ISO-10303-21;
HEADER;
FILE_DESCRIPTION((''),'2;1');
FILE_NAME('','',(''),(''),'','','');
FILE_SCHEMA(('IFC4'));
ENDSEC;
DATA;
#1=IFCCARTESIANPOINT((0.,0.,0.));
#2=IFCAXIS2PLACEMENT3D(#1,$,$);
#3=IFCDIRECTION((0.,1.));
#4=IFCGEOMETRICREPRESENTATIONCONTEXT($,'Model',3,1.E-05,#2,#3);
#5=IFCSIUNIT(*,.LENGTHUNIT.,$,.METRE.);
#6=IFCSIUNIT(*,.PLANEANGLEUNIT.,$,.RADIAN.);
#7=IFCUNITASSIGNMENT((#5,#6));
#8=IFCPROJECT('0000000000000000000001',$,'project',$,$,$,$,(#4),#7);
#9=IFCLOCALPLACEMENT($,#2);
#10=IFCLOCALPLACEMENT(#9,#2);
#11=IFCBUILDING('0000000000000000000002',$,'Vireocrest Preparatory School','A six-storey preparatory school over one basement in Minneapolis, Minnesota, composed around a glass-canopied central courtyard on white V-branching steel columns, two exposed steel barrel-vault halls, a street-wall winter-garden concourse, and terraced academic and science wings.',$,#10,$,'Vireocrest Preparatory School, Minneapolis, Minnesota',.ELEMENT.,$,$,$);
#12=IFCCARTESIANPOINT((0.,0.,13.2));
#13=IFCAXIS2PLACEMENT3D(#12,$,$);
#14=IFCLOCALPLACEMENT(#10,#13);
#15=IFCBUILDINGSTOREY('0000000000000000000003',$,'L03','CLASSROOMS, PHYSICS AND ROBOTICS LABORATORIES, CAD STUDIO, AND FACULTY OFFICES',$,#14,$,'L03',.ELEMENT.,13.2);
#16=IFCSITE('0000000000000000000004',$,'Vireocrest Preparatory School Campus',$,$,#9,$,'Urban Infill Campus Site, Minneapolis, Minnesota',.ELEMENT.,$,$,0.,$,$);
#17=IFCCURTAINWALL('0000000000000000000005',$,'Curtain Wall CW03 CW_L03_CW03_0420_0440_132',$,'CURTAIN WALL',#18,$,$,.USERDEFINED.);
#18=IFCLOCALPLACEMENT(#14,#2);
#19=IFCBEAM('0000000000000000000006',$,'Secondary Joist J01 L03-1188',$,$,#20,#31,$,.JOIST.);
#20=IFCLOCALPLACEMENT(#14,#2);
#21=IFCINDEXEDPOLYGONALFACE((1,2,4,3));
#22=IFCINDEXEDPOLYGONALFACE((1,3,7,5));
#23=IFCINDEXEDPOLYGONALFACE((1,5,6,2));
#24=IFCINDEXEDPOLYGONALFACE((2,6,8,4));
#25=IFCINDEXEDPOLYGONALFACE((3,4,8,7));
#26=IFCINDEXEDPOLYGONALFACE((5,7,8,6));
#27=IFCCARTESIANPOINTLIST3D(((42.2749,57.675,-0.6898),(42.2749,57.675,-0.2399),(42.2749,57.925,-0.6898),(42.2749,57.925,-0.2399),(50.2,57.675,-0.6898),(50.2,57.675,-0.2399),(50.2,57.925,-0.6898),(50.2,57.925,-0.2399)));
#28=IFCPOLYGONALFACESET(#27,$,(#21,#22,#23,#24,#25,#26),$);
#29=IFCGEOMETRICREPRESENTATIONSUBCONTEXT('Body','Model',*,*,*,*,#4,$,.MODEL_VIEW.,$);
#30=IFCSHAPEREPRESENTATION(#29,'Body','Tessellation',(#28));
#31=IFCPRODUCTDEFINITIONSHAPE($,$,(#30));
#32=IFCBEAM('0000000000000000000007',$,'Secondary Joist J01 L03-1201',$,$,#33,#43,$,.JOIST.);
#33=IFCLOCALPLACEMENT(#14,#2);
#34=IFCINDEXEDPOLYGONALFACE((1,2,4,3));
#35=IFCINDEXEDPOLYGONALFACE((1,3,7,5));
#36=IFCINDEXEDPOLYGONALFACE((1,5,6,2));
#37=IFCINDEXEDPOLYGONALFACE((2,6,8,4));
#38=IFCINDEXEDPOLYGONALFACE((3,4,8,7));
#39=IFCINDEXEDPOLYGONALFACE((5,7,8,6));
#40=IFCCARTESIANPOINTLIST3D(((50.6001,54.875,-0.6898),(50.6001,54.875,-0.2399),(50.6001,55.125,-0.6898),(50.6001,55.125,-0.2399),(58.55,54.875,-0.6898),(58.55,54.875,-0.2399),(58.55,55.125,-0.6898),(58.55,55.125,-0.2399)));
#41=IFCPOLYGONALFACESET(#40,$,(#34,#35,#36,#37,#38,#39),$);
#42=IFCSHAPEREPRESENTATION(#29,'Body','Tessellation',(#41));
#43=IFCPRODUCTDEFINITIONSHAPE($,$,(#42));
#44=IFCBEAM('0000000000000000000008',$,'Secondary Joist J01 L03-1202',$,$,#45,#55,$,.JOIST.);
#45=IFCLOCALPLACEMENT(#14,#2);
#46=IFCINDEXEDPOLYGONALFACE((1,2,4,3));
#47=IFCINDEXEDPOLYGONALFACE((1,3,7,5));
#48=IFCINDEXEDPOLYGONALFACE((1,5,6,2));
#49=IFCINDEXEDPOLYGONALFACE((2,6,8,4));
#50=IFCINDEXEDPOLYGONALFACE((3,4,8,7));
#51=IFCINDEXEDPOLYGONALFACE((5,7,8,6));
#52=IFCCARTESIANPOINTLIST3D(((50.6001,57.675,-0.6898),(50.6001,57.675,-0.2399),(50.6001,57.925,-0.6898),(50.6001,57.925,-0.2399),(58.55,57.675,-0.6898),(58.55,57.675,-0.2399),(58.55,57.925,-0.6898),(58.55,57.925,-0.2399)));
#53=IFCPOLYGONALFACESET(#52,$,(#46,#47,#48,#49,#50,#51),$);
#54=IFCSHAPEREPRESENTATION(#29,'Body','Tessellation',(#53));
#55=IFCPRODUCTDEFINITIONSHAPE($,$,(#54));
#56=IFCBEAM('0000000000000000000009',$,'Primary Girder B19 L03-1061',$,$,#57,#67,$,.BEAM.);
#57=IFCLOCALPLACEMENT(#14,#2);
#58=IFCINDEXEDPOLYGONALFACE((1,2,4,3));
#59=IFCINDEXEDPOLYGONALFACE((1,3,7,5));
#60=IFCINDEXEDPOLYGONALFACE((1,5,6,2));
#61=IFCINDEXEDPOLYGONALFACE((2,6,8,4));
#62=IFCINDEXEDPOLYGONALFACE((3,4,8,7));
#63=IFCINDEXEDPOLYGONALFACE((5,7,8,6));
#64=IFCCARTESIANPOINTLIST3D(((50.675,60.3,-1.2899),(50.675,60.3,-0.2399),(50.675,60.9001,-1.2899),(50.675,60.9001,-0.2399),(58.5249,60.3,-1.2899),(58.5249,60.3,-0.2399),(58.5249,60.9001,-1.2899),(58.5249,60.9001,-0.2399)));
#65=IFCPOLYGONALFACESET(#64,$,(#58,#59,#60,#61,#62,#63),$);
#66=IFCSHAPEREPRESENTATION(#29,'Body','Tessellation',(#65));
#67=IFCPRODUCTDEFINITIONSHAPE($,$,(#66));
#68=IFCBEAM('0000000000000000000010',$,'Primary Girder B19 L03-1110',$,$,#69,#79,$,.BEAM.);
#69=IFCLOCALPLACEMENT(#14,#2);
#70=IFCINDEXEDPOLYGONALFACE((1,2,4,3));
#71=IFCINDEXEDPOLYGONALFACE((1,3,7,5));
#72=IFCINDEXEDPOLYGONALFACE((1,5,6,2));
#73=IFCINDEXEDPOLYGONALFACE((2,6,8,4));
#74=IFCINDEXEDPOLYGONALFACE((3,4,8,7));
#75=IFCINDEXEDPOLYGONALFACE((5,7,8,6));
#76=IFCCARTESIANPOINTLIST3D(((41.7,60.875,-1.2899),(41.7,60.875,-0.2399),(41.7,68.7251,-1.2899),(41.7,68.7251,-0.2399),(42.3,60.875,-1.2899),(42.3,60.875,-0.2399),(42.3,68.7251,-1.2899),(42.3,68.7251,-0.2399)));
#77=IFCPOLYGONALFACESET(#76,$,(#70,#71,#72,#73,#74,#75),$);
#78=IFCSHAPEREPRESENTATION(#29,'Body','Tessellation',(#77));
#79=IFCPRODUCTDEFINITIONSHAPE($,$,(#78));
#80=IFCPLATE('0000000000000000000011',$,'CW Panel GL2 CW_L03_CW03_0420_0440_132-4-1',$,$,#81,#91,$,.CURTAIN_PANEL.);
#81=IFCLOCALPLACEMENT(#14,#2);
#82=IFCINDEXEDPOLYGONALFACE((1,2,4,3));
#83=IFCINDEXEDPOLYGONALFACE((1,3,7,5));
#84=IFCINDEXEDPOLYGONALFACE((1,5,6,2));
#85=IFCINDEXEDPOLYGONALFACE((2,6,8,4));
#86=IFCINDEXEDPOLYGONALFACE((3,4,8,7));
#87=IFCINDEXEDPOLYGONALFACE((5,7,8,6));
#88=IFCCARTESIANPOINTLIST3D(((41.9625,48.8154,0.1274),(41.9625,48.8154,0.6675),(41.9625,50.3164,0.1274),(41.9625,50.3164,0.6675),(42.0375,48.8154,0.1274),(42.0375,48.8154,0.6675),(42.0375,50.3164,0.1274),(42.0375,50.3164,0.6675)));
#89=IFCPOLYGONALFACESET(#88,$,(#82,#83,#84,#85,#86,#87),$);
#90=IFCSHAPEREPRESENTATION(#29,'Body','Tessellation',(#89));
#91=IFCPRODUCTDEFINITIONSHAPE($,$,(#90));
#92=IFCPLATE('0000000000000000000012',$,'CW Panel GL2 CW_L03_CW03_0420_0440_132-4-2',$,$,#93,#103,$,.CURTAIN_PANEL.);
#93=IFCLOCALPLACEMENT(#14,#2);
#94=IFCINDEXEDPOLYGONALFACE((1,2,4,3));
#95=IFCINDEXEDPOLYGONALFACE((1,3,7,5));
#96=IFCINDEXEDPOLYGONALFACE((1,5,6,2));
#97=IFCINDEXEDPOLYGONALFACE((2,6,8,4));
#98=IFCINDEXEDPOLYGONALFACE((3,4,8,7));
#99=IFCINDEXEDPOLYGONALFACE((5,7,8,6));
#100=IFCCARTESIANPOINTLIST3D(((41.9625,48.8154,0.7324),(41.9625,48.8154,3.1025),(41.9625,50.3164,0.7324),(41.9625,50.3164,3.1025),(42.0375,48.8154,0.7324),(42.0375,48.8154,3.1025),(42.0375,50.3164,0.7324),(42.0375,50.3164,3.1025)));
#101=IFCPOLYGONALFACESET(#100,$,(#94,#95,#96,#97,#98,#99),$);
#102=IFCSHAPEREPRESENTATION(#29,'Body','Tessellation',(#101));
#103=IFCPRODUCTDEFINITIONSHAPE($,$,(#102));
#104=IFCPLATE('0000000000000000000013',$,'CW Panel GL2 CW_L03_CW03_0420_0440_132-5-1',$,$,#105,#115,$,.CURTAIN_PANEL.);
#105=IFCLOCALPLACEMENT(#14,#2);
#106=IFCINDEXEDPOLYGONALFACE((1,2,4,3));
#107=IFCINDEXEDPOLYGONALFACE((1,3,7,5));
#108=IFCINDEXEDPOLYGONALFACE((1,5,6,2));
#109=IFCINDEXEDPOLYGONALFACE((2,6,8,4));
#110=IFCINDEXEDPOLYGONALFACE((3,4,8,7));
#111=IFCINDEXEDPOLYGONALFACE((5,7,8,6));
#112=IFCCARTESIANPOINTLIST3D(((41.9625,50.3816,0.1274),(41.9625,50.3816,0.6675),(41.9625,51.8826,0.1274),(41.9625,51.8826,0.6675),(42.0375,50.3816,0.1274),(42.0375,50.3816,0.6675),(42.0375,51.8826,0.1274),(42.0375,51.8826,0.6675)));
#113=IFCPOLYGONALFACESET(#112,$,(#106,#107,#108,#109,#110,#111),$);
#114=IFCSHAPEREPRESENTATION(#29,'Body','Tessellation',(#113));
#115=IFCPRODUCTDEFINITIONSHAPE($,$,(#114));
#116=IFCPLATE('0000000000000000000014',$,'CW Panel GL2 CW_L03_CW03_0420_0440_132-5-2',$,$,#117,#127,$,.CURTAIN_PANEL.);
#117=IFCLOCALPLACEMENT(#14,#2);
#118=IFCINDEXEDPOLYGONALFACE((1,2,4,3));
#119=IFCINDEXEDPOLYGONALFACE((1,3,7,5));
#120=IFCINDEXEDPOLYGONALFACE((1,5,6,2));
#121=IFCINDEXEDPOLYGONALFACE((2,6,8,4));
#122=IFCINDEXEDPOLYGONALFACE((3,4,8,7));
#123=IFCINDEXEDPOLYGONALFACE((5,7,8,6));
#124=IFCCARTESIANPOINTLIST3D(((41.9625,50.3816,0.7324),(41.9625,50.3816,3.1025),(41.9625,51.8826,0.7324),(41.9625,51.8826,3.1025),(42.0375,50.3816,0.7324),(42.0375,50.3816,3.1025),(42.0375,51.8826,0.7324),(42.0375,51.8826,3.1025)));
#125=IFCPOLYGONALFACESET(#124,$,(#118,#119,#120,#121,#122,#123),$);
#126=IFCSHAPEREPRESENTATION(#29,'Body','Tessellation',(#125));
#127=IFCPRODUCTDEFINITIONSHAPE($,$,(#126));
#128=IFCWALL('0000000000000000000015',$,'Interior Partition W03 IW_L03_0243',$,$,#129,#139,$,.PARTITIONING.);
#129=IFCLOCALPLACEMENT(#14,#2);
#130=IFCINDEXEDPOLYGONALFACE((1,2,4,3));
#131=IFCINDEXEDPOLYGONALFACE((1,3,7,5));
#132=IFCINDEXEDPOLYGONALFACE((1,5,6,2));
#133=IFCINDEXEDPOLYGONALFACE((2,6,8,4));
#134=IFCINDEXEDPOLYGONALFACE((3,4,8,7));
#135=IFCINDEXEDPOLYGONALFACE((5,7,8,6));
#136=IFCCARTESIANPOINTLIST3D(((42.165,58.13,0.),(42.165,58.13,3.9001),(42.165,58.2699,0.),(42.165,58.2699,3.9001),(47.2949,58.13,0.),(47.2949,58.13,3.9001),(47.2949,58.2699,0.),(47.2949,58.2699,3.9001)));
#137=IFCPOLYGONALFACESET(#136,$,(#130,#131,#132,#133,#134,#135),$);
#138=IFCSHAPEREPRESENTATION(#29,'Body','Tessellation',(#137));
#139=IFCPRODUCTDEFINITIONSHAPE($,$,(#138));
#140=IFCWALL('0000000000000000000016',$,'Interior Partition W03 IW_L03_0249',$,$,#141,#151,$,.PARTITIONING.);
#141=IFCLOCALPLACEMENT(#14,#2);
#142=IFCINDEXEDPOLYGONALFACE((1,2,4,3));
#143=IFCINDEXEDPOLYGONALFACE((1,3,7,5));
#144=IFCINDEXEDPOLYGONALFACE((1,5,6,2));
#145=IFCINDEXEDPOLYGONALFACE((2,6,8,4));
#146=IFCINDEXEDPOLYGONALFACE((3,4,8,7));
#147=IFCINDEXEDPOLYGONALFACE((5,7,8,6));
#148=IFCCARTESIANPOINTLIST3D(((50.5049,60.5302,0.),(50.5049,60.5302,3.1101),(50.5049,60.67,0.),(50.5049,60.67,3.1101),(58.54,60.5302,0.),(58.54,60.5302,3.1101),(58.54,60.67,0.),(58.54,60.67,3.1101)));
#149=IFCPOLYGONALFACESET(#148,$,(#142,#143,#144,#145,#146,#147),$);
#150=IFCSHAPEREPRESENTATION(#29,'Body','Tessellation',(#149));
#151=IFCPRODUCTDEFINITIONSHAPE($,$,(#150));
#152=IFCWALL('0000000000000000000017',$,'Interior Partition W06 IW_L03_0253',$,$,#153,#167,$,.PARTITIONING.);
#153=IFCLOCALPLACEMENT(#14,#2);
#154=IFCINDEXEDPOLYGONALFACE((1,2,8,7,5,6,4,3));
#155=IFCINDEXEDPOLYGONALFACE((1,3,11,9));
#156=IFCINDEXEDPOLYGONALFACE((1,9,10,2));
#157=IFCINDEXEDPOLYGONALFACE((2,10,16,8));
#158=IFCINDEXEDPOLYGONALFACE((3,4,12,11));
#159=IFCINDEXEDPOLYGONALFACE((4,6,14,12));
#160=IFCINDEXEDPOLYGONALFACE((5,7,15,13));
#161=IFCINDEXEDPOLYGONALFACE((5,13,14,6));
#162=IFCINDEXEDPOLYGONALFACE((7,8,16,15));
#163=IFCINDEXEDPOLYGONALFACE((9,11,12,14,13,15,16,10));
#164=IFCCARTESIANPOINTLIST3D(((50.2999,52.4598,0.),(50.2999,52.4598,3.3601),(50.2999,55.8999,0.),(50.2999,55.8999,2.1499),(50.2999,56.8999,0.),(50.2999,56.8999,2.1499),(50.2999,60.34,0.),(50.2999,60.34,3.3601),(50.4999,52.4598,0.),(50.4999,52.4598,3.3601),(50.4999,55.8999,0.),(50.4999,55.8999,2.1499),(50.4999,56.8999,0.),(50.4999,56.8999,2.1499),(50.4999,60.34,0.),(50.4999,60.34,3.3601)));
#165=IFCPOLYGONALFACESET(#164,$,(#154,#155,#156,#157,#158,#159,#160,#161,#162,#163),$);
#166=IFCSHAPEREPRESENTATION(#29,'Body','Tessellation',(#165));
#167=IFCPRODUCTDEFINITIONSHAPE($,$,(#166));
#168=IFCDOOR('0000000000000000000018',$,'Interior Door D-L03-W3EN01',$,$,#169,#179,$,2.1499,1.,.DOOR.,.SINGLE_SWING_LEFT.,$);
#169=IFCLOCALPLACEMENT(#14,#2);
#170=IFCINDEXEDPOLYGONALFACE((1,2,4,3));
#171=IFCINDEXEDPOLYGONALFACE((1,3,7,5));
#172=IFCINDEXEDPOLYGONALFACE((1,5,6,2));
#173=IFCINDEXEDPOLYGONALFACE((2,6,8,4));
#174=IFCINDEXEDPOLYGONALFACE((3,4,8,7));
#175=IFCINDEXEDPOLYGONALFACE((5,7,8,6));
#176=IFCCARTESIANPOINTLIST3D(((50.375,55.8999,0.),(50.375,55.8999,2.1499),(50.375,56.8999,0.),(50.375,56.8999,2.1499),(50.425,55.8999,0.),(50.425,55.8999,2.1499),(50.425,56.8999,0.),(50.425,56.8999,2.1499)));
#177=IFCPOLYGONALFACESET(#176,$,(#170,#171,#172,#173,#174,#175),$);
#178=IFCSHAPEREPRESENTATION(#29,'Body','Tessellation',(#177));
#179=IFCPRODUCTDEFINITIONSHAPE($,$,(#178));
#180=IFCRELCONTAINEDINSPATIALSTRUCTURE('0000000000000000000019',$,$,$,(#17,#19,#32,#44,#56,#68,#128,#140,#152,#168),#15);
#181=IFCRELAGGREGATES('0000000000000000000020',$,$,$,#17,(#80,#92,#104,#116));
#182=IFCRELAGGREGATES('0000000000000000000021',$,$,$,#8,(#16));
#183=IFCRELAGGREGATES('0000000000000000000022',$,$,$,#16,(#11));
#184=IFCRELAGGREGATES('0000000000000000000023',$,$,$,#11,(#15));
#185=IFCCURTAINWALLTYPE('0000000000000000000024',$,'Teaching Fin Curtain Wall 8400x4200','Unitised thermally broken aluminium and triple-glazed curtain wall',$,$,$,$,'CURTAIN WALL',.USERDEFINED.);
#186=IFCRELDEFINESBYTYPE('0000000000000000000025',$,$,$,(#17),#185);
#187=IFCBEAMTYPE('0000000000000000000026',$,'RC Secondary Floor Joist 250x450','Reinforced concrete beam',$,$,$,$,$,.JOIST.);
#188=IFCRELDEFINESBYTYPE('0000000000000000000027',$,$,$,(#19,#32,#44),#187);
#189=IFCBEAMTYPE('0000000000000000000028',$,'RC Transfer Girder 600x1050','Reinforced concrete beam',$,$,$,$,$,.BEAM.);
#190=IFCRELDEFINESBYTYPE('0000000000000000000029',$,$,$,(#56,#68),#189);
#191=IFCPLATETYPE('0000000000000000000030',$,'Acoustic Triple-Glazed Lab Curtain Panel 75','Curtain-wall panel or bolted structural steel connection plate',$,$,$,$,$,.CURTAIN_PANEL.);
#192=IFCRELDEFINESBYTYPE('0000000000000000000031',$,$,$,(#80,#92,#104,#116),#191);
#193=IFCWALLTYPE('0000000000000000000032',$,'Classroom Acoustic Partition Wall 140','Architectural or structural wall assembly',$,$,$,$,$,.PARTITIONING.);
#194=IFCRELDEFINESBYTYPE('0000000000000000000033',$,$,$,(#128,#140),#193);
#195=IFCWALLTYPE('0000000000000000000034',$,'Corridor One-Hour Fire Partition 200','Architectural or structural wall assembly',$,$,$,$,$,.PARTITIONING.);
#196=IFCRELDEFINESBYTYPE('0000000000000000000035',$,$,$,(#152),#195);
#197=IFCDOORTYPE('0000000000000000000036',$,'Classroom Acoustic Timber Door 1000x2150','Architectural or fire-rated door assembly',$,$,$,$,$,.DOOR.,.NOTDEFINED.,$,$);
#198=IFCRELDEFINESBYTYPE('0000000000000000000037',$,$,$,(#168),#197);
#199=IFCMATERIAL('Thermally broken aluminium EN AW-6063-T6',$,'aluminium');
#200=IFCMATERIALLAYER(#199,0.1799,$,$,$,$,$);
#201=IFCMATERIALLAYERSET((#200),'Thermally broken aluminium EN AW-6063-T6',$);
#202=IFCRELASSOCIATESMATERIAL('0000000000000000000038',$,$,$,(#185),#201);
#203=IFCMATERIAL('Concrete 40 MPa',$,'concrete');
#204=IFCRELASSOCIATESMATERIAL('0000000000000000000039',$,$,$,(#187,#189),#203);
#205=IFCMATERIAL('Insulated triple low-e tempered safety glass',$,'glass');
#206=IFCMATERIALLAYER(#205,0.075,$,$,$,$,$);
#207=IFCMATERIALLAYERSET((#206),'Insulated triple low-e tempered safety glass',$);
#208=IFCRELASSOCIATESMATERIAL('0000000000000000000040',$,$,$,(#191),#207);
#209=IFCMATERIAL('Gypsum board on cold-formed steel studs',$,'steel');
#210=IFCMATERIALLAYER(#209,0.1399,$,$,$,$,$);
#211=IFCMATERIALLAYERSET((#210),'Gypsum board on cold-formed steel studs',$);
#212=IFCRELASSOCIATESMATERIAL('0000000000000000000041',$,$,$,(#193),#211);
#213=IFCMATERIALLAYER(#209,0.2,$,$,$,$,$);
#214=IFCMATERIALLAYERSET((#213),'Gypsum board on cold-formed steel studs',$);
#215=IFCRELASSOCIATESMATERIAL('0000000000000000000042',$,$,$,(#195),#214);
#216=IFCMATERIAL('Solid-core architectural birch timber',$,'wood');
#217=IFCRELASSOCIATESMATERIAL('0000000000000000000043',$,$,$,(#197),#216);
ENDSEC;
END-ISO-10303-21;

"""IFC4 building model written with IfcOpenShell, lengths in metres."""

from ifc_helpers import new_model, si_unit, direction, frame, frame_2d, origin, origin_2d, place, context, subcontext, project, spatial, rectangle, extrude, material, layer, layer_set, material_profile, profile_set, type_object, element, fill, aggregate, save


model = new_model("IFC4")

# Units and contexts
model_context = context("Model", 3, precision=1e-05, world=origin(), true_north=direction((0.0, 1.0)))
body_context = subcontext(model_context, "Body", "Model", "MODEL_VIEW")
ifc_project = project(units=[si_unit("LENGTHUNIT", "METRE"), si_unit("PLANEANGLEUNIT", "RADIAN")], contexts=[model_context])

# Site, building, storey
site_placement = place(None, origin())
site = spatial("IfcSite", under=ifc_project, at=site_placement, Name="Vireocrest Preparatory School Campus", LongName="Urban Infill Campus Site, Minneapolis, Minnesota", CompositionType="ELEMENT", RefElevation=0.0)
building_placement = place(site_placement, origin())
building = spatial("IfcBuilding", under=site, at=building_placement, Name="Vireocrest Preparatory School", Description="A six-storey preparatory school over one basement in Minneapolis, Minnesota, composed around a glass-canopied central courtyard on white V-branching steel columns, two exposed steel barrel-vault halls, a street-wall winter-garden concourse, and terraced academic and science wings.", LongName="Vireocrest Preparatory School, Minneapolis, Minnesota", CompositionType="ELEMENT")
storey_placement = place(building_placement, frame((0.0, 0.0, 13.2)))
storey = spatial("IfcBuildingStorey", under=building, at=storey_placement, Name="L03", Description="CLASSROOMS, PHYSICS AND ROBOTICS LABORATORIES, CAD STUDIO, AND FACULTY OFFICES", LongName="L03", CompositionType="ELEMENT", Elevation=13.2)

# Curtain wall
ifc_material_1 = material(Name="Thermally broken aluminium EN AW-6063-T6", Category="aluminium")
ifc_layer_1 = layer(ifc_material_1, 0.1799)
ifc_layer_set_1 = layer_set([ifc_layer_1], Name="Thermally broken aluminium EN AW-6063-T6")
curtain_wall_type = type_object("IfcCurtainWallType", Name="Teaching Fin Curtain Wall 8400x4200", Description="Unitised thermally broken aluminium and triple-glazed curtain wall", ElementType="CURTAIN WALL", PredefinedType="USERDEFINED", material=ifc_layer_set_1)
curtain_wall_placement = place(storey_placement, origin())
curtain_wall = element("IfcCurtainWall", 1, at=curtain_wall_placement, inside=storey, type_object=curtain_wall_type, Name="Curtain Wall CW03 CW_L03_CW03_0420_0440_132", ObjectType="CURTAIN WALL", PredefinedType="USERDEFINED")

# Beams
ifc_material_2 = material(Name="Concrete 40 MPa", Category="concrete")
ifc_material_profile_1 = material_profile(ifc_material_2, rectangle(XDim=0.25, YDim=0.45, at=origin_2d()), Name="RC 250x450")
ifc_profile_set_1 = profile_set([ifc_material_profile_1], Name="Concrete 40 MPa")
beam_type_1 = type_object("IfcBeamType", Name="RC Secondary Floor Joist 250x450", Description="Reinforced concrete beam", PredefinedType="JOIST", material=ifc_profile_set_1)
for number, where, z_axis, x_axis, name in (
    (2, (42.2749, 57.8, -0.4648), (1.0, 0.0, 0.0), (0.0, 1.0, 0.0), "Secondary Joist J01 L03-1188"),
):
    element("IfcBeam", number, at=place(storey_placement, frame(where, z_axis=z_axis, x_axis=x_axis)), inside=storey, type_object=beam_type_1, Name=name, PredefinedType="JOIST", context=body_context, shape_type="SweptSolid", body=[
        extrude(rectangle(XDim=0.25, YDim=0.45, at=origin_2d()), origin(), (0.0, 0.0, 1.0), 7.925),
    ])
for number, where, z_axis, x_axis, name in (
    (3, (50.6001, 55.0, -0.4648), (1.0, 0.0, 0.0), (0.0, 1.0, 0.0), "Secondary Joist J01 L03-1201"),
    (4, (50.6001, 57.8, -0.4648), (1.0, 0.0, 0.0), (0.0, 1.0, 0.0), "Secondary Joist J01 L03-1202"),
):
    element("IfcBeam", number, at=place(storey_placement, frame(where, z_axis=z_axis, x_axis=x_axis)), inside=storey, type_object=beam_type_1, Name=name, PredefinedType="JOIST", context=body_context, shape_type="SweptSolid", body=[
        extrude(rectangle(XDim=0.25, YDim=0.45, at=origin_2d()), origin(), (0.0, 0.0, 1.0), 7.95),
    ])
ifc_material_profile_2 = material_profile(ifc_material_2, rectangle(XDim=0.6001, YDim=1.05, at=origin_2d()), Name="RC 600x1050")
ifc_profile_set_2 = profile_set([ifc_material_profile_2], Name="Concrete 40 MPa")
beam_type_2 = type_object("IfcBeamType", Name="RC Transfer Girder 600x1050", Description="Reinforced concrete beam", PredefinedType="BEAM", material=ifc_profile_set_2)
beam_1_placement = place(storey_placement, frame((50.675, 60.6001, -0.7649), z_axis=(1.0, 0.0, 0.0), x_axis=(0.0, 1.0, 0.0)))
element("IfcBeam", 5, at=beam_1_placement, inside=storey, type_object=beam_type_2, Name="Primary Girder B19 L03-1061", PredefinedType="BEAM", context=body_context, shape_type="SweptSolid", body=[
    extrude(rectangle(XDim=0.6001, YDim=1.05, at=origin_2d()), origin(), (0.0, 0.0, 1.0), 7.8499),
])
beam_2_placement = place(storey_placement, frame((42.0, 60.875, -0.7649), z_axis=(0.0, 1.0, 0.0), x_axis=(-1.0, 0.0, 0.0)))
element("IfcBeam", 6, at=beam_2_placement, inside=storey, type_object=beam_type_2, Name="Primary Girder B19 L03-1110", PredefinedType="BEAM", context=body_context, shape_type="SweptSolid", body=[
    extrude(rectangle(XDim=0.6001, YDim=1.05, at=origin_2d()), origin(), (0.0, 0.0, 1.0), 7.8501),
])

# Plates
ifc_material_3 = material(Name="Insulated triple low-e tempered safety glass", Category="glass")
ifc_layer_2 = layer(ifc_material_3, 0.075)
ifc_layer_set_2 = layer_set([ifc_layer_2], Name="Insulated triple low-e tempered safety glass")
plate_type = type_object("IfcPlateType", Name="Acoustic Triple-Glazed Lab Curtain Panel 75", Description="Curtain-wall panel or bolted structural steel connection plate", PredefinedType="CURTAIN_PANEL", material=ifc_layer_set_2)
plate_1_placement = place(storey_placement, frame((42.0, 49.5659, 0.1274), z_axis=(0.0, 0.0, 1.0), x_axis=(0.0, 1.0, 0.0)))
plate_1 = element("IfcPlate", 7, at=plate_1_placement, type_object=plate_type, Name="CW Panel GL2 CW_L03_CW03_0420_0440_132-4-1", PredefinedType="CURTAIN_PANEL", context=body_context, shape_type="SweptSolid", body=[
    extrude(rectangle(XDim=1.501, YDim=0.075, at=origin_2d()), origin(), (0.0, 0.0, 1.0), 0.54),
])
plate_2_placement = place(storey_placement, frame((42.0, 49.5659, 0.7324), z_axis=(0.0, 0.0, 1.0), x_axis=(0.0, 1.0, 0.0)))
plate_2 = element("IfcPlate", 8, at=plate_2_placement, type_object=plate_type, Name="CW Panel GL2 CW_L03_CW03_0420_0440_132-4-2", PredefinedType="CURTAIN_PANEL", context=body_context, shape_type="SweptSolid", body=[
    extrude(rectangle(XDim=1.501, YDim=0.075, at=origin_2d()), origin(), (0.0, 0.0, 1.0), 2.3701),
])
plate_3_placement = place(storey_placement, frame((42.0, 51.1321, 0.1274), z_axis=(0.0, 0.0, 1.0), x_axis=(0.0, 1.0, 0.0)))
plate_3 = element("IfcPlate", 9, at=plate_3_placement, type_object=plate_type, Name="CW Panel GL2 CW_L03_CW03_0420_0440_132-5-1", PredefinedType="CURTAIN_PANEL", context=body_context, shape_type="SweptSolid", body=[
    extrude(rectangle(XDim=1.501, YDim=0.075, at=origin_2d()), origin(), (0.0, 0.0, 1.0), 0.54),
])
plate_4_placement = place(storey_placement, frame((42.0, 51.1321, 0.7324), z_axis=(0.0, 0.0, 1.0), x_axis=(0.0, 1.0, 0.0)))
plate_4 = element("IfcPlate", 10, at=plate_4_placement, type_object=plate_type, Name="CW Panel GL2 CW_L03_CW03_0420_0440_132-5-2", PredefinedType="CURTAIN_PANEL", context=body_context, shape_type="SweptSolid", body=[
    extrude(rectangle(XDim=1.501, YDim=0.075, at=origin_2d()), origin(), (0.0, 0.0, 1.0), 2.3701),
])
aggregate(curtain_wall, [plate_1, plate_2, plate_3, plate_4])

# Walls
ifc_material_4 = material(Name="Gypsum board on cold-formed steel studs", Category="steel")
ifc_layer_3 = layer(ifc_material_4, 0.1399)
ifc_layer_set_3 = layer_set([ifc_layer_3], Name="Gypsum board on cold-formed steel studs")
wall_type_1 = type_object("IfcWallType", Name="Classroom Acoustic Partition Wall 140", Description="Architectural or structural wall assembly", PredefinedType="PARTITIONING", material=ifc_layer_set_3)
wall_1_placement = place(storey_placement, frame((42.165, 58.2, 0.0), z_axis=(0.0, 0.0, 1.0), x_axis=(1.0, 0.0, 0.0)))
element("IfcWall", 11, at=wall_1_placement, inside=storey, type_object=wall_type_1, Name="Interior Partition W03 IW_L03_0243", PredefinedType="PARTITIONING", context=body_context, shape_type="SweptSolid", body=[
    extrude(rectangle(XDim=5.1299, YDim=0.1399, at=frame_2d((2.5649, 0.0))), origin(), (0.0, 0.0, 1.0), 3.9001),
])
wall_2_placement = place(storey_placement, frame((50.5049, 60.6001, 0.0), z_axis=(0.0, 0.0, 1.0), x_axis=(1.0, 0.0, 0.0)))
element("IfcWall", 12, at=wall_2_placement, inside=storey, type_object=wall_type_1, Name="Interior Partition W03 IW_L03_0249", PredefinedType="PARTITIONING", context=body_context, shape_type="SweptSolid", body=[
    extrude(rectangle(XDim=8.0352, YDim=0.1399, at=frame_2d((4.0176, 0.0))), origin(), (0.0, 0.0, 1.0), 3.1101),
])

# Wall, opening, door
ifc_layer_4 = layer(ifc_material_4, 0.2)
ifc_layer_set_4 = layer_set([ifc_layer_4], Name="Gypsum board on cold-formed steel studs")
wall_type_2 = type_object("IfcWallType", Name="Corridor One-Hour Fire Partition 200", Description="Architectural or structural wall assembly", PredefinedType="PARTITIONING", material=ifc_layer_set_4)
wall_3_placement = place(storey_placement, frame((50.3999, 52.46, 0.0), z_axis=(0.0, 0.0, 1.0), x_axis=(0.0, 1.0, 0.0)))
wall_3 = element("IfcWall", 13, at=wall_3_placement, inside=storey, type_object=wall_type_2, Name="Interior Partition W06 IW_L03_0253", PredefinedType="PARTITIONING", context=body_context, shape_type="SweptSolid", body=[
    extrude(rectangle(XDim=7.8801, YDim=0.2, at=frame_2d((3.9399, 0.0))), origin(), (0.0, 0.0, 1.0), 3.3601),
])
opening_1_placement = place(wall_3_placement, frame((3.4399, 0.0, 0.0)))
opening_1 = element("IfcOpeningElement", 14, at=opening_1_placement, cuts=wall_3, PredefinedType="OPENING", context=body_context, shape_type="SweptSolid", body=[
    extrude(rectangle(XDim=1.0, YDim=2.1499, at=frame_2d((0.5, 1.075))), frame((0.0, 0.1099, 0.0), z_axis=(0.0, -1.0, 0.0), x_axis=(1.0, 0.0, 0.0)), (0.0, 0.0, 1.0), 0.22),
])
ifc_material_5 = material(Name="Solid-core architectural birch timber", Category="wood")
door_type_1 = type_object("IfcDoorType", Name="Classroom Acoustic Timber Door 1000x2150", Description="Architectural or fire-rated door assembly", OperationType="NOTDEFINED", PredefinedType="DOOR", material=ifc_material_5)
door_1_placement = place(opening_1_placement, origin())
door_1 = element("IfcDoor", 15, at=door_1_placement, inside=storey, type_object=door_type_1, Name="Interior Door D-L03-W3EN01", OperationType="SINGLE_SWING_LEFT", OverallHeight=2.1499, OverallWidth=1.0, PredefinedType="DOOR", context=body_context, shape_type="SweptSolid", body=[
    extrude(rectangle(XDim=1.0, YDim=2.1499, at=frame_2d((0.5, 1.075))), frame((0.0, 0.0249, 0.0), z_axis=(0.0, -1.0, 0.0), x_axis=(1.0, 0.0, 0.0)), (0.0, 0.0, 1.0), 0.05),
])
fill(opening_1, door_1)

save(model, "model.ifc")
